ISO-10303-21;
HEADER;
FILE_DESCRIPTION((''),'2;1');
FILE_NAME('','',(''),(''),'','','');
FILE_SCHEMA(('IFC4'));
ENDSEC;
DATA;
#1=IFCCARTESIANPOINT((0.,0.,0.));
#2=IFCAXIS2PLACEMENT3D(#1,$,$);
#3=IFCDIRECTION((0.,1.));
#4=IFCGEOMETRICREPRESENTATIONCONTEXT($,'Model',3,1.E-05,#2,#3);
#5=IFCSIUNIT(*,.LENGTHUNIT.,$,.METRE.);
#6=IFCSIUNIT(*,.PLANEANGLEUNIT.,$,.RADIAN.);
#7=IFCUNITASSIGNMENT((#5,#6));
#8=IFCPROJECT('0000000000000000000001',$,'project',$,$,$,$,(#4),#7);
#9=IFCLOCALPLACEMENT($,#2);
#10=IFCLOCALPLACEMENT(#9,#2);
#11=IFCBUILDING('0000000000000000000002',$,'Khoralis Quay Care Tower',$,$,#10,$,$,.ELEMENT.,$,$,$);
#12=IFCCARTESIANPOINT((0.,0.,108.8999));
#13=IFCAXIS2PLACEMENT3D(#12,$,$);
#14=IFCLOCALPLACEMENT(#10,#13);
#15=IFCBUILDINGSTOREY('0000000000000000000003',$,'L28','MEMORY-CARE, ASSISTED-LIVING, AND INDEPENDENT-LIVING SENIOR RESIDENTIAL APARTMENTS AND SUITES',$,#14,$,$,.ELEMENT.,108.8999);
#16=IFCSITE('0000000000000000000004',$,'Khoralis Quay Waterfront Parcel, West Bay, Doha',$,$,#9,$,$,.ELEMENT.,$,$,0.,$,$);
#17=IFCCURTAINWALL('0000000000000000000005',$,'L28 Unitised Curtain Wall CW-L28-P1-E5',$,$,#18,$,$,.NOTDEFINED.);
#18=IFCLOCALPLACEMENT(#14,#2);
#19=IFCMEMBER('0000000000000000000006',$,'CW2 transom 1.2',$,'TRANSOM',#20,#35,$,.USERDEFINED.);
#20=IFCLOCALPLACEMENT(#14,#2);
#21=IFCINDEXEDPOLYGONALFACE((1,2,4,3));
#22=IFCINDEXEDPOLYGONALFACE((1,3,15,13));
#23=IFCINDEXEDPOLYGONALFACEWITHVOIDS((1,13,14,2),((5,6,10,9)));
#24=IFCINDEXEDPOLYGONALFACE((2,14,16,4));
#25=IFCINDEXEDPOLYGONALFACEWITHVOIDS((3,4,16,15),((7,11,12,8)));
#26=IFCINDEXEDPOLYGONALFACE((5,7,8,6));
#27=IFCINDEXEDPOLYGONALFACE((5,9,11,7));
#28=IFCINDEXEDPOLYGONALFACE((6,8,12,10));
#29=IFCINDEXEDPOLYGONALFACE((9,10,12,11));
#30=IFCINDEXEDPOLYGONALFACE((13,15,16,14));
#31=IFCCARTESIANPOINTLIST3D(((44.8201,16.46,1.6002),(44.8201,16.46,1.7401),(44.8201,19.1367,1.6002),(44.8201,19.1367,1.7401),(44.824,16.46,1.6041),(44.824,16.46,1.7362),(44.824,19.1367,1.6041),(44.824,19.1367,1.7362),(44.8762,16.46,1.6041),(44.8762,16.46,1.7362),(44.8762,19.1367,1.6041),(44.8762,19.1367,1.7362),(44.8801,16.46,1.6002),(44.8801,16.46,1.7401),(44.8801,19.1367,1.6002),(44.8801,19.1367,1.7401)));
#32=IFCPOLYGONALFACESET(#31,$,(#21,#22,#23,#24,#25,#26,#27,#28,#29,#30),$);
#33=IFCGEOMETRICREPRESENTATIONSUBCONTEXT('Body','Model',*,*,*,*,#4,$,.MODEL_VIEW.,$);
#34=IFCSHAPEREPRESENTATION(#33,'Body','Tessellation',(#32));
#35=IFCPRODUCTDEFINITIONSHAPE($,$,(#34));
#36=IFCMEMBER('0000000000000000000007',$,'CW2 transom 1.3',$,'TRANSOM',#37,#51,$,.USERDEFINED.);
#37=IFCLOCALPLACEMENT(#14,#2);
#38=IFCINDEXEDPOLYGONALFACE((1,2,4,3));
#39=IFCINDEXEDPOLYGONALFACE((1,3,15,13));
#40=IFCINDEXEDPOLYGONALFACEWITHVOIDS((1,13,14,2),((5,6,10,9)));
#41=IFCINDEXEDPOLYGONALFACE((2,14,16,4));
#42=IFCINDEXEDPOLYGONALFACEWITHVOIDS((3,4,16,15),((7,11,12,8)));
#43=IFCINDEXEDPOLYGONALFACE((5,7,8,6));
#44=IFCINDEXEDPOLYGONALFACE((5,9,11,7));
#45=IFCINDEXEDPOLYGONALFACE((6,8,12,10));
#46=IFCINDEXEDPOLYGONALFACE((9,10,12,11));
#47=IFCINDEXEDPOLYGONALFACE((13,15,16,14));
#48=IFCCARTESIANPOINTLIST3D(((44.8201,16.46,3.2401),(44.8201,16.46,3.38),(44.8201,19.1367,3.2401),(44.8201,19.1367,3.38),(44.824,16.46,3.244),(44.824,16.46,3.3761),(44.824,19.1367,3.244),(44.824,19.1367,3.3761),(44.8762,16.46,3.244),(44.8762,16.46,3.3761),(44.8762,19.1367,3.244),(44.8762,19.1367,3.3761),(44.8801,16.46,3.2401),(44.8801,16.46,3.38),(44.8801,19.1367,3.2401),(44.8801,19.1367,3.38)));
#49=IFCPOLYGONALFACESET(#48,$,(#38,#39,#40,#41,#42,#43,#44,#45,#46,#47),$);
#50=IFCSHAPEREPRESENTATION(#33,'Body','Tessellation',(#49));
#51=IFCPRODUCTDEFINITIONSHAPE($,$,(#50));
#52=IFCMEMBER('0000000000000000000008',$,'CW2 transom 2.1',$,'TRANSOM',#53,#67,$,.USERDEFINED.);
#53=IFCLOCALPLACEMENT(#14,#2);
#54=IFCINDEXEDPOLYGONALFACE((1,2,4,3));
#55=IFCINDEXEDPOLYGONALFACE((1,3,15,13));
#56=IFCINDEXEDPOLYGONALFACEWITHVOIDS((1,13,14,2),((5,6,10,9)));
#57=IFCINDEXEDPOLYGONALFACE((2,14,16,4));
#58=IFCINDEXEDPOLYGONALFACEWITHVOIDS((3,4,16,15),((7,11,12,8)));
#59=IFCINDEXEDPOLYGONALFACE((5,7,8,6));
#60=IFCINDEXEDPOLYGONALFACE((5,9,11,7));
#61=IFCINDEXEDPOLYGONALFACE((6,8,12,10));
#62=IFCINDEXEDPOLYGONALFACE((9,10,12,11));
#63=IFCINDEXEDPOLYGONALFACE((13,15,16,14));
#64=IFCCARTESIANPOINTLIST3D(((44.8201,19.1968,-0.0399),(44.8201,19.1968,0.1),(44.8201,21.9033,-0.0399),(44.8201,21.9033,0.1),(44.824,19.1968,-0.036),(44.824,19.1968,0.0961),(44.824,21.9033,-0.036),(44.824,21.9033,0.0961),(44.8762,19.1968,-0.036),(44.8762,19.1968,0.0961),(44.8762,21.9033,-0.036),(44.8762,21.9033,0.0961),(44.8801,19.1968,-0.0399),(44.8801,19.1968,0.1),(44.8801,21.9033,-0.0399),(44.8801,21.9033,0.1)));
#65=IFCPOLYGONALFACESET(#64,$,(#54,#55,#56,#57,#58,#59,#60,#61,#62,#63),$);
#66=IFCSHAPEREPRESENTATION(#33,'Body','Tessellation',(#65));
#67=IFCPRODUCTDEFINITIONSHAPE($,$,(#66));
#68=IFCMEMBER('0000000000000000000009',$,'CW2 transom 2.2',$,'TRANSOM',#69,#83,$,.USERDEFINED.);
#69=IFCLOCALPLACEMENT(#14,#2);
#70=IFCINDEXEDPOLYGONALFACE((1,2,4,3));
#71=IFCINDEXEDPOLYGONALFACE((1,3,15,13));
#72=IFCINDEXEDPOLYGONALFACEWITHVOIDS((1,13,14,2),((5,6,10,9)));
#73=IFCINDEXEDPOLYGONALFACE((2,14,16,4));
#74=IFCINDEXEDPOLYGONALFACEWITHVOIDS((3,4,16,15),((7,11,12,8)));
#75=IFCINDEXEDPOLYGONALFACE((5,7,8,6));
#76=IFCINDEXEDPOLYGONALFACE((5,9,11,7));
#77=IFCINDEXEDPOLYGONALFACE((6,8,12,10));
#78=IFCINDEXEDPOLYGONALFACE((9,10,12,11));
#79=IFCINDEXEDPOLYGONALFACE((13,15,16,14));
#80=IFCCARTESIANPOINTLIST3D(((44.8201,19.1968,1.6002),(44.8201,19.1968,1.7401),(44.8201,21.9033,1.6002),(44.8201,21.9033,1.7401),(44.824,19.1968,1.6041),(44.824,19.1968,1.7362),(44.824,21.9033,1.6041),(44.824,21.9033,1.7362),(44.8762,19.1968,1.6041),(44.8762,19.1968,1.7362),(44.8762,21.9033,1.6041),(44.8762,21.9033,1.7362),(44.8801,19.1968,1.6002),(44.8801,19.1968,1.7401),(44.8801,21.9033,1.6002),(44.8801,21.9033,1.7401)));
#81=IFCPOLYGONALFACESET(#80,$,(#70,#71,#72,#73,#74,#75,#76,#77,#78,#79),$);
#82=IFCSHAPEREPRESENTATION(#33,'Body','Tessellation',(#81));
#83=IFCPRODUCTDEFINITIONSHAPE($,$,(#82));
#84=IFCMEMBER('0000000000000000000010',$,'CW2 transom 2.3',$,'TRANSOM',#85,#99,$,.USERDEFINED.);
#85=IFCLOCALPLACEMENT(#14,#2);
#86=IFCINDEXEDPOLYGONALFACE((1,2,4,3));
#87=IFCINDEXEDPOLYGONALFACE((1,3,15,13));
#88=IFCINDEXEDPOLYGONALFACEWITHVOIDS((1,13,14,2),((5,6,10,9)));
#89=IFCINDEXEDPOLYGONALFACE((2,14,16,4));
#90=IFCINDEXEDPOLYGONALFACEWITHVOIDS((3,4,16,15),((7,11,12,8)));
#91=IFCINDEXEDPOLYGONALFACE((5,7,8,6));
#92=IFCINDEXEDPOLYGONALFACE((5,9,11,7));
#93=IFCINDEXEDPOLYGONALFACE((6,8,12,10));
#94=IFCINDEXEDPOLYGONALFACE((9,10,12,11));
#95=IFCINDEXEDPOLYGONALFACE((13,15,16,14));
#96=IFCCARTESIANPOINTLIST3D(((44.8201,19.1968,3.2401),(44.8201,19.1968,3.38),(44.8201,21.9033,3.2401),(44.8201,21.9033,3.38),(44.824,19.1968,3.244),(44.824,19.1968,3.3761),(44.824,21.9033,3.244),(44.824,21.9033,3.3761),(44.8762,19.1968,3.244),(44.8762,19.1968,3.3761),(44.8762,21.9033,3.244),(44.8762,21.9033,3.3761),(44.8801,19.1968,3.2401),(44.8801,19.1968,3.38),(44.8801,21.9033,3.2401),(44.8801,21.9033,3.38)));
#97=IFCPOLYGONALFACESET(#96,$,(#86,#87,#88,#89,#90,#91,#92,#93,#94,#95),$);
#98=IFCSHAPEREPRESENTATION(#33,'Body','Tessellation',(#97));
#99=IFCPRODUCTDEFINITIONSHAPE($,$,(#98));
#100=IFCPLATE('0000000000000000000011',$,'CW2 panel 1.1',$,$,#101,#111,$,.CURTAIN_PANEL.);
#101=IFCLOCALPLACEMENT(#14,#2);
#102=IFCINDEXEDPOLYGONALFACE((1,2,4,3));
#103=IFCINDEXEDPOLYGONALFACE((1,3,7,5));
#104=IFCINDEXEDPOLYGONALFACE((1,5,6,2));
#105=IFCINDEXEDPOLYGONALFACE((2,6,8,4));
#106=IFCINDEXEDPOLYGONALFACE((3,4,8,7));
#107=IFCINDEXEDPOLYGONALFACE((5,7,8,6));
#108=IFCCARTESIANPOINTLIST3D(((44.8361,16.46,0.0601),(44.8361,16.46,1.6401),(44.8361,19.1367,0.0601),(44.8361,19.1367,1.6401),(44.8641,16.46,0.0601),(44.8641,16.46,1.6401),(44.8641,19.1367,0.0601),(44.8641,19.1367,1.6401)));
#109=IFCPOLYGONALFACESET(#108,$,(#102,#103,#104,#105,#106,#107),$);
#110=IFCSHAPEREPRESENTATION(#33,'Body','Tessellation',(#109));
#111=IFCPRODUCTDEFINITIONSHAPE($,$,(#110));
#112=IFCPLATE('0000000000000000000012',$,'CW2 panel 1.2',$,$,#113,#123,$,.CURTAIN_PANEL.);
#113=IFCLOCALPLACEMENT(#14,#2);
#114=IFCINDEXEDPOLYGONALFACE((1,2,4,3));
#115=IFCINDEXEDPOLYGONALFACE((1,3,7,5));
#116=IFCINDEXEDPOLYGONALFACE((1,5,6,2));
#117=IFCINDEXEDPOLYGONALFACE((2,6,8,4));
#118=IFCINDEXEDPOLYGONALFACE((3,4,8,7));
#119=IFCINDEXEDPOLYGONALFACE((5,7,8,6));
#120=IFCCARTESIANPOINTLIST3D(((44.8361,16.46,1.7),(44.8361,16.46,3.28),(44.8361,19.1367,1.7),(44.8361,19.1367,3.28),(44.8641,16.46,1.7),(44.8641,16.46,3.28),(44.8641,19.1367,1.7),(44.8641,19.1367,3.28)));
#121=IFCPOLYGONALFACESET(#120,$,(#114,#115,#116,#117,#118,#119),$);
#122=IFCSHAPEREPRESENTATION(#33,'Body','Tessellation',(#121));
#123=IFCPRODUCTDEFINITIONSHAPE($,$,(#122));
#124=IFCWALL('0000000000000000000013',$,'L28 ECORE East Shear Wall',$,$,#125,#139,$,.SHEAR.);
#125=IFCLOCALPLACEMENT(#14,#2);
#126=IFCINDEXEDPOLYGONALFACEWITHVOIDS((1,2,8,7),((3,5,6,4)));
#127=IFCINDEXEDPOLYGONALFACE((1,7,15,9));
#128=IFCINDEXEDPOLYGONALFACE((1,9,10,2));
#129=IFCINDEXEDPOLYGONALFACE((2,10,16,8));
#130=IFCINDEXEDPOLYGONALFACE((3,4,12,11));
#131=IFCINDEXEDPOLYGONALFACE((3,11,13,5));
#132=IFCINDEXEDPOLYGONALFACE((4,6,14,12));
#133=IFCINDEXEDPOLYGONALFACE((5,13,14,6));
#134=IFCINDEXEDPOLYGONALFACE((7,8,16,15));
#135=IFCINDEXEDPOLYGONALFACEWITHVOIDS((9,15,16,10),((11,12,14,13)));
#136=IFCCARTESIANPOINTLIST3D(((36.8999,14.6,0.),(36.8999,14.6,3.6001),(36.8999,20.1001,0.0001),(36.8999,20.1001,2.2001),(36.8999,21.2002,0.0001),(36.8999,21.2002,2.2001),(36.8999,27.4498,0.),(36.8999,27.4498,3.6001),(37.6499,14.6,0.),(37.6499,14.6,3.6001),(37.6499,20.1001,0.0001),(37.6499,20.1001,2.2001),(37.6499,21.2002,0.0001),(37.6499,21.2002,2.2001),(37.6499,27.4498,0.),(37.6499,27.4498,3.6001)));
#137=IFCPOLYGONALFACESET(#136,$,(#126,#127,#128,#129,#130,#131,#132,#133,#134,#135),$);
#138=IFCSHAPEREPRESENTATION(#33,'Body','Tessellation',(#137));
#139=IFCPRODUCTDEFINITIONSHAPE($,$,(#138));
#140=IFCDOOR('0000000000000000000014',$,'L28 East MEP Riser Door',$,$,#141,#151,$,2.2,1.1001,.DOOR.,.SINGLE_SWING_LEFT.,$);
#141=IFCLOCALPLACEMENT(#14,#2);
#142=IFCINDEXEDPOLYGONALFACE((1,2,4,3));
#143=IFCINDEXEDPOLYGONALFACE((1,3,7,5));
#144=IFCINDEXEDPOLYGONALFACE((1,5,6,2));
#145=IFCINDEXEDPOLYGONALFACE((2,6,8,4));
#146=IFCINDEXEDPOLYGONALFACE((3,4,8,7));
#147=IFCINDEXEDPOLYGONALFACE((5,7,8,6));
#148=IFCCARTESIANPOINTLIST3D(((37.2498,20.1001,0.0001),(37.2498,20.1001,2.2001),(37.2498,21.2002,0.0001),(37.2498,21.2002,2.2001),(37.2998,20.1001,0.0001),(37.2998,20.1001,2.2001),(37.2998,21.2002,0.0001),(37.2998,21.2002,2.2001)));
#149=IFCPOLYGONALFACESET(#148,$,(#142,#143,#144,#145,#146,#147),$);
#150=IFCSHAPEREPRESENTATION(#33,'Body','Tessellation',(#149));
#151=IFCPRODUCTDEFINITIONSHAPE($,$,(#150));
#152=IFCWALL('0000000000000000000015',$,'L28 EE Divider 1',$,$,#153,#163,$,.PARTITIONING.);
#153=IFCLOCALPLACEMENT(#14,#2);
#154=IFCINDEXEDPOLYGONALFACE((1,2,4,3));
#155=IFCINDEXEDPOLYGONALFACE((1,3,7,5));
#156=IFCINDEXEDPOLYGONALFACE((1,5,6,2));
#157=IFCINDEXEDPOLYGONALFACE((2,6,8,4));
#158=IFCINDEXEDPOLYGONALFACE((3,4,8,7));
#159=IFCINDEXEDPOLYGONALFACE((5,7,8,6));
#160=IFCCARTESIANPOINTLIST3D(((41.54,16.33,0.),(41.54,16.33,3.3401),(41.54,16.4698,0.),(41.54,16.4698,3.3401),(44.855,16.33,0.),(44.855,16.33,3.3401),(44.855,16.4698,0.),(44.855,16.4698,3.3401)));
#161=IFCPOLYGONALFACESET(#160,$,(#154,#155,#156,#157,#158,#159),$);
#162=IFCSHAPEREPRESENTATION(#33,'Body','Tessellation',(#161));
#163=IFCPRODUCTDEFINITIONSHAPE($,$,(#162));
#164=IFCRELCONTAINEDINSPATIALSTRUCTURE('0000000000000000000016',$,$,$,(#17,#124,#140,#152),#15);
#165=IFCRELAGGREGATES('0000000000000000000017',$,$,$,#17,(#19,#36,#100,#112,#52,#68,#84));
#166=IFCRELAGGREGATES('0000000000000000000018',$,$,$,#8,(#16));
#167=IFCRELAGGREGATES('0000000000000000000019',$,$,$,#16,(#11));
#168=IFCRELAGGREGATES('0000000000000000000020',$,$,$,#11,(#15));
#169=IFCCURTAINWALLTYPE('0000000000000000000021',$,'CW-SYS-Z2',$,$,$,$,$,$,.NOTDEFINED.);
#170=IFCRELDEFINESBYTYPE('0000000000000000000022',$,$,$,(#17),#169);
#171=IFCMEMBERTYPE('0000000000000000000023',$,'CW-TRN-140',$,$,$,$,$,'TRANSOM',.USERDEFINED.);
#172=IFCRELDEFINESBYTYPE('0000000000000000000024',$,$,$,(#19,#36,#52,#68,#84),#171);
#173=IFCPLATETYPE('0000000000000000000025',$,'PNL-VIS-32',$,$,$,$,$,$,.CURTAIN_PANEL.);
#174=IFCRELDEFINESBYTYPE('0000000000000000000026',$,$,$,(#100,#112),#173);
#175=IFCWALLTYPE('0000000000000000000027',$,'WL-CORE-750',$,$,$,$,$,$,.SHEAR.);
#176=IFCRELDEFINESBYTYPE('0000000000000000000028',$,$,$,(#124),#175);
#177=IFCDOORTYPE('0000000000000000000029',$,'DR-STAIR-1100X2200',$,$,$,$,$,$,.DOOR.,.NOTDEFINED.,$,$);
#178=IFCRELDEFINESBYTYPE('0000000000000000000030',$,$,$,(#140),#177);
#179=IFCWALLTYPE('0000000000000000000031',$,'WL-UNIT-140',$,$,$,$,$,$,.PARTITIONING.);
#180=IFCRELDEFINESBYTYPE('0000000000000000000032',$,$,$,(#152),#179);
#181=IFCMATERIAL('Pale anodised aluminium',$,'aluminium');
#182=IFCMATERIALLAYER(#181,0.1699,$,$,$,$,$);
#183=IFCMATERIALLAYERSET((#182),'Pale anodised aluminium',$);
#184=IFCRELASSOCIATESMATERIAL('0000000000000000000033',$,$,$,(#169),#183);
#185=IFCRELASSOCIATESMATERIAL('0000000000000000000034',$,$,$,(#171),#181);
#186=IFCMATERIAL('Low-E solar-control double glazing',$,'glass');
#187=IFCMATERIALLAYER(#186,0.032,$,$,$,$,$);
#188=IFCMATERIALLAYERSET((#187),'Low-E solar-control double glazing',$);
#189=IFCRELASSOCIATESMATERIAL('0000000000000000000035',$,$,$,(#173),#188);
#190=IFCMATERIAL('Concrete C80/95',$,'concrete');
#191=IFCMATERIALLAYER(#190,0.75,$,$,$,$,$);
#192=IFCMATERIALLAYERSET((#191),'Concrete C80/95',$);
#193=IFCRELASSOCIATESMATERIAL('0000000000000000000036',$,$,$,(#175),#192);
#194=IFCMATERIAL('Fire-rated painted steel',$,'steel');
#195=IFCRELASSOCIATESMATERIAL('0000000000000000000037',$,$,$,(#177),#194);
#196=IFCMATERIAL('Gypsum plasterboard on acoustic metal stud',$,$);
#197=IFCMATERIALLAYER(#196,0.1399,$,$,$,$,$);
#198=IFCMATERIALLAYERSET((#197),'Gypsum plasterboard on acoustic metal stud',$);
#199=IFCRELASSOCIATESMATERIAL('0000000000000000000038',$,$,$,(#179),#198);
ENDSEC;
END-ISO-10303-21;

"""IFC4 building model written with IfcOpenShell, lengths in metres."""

from ifc_helpers import new_model, si_unit, direction, frame, frame_2d, origin, origin_2d, place, context, subcontext, project, spatial, rectangle, hollow_rectangle, extrude, source, transform, mapped, material, layer, layer_set, material_profile, profile_set, type_object, element, fill, aggregate, save


model = new_model("IFC4")

# Units and contexts
model_context = context("Model", 3, precision=1e-05, world=origin(), true_north=direction((0.0, 1.0)))
body_context = subcontext(model_context, "Body", "Model", "MODEL_VIEW")
ifc_project = project(units=[si_unit("LENGTHUNIT", "METRE"), si_unit("PLANEANGLEUNIT", "RADIAN")], contexts=[model_context])

# Site, building, storey
site_placement = place(None, origin())
site = spatial("IfcSite", under=ifc_project, at=site_placement, Name="Khoralis Quay Waterfront Parcel, West Bay, Doha", CompositionType="ELEMENT", RefElevation=0.0)
building_placement = place(site_placement, origin())
building = spatial("IfcBuilding", under=site, at=building_placement, Name="Khoralis Quay Care Tower", CompositionType="ELEMENT")
storey_placement = place(building_placement, frame((0.0, 0.0, 108.8999)))
storey = spatial("IfcBuildingStorey", under=building, at=storey_placement, Name="L28", Description="MEMORY-CARE, ASSISTED-LIVING, AND INDEPENDENT-LIVING SENIOR RESIDENTIAL APARTMENTS AND SUITES", CompositionType="ELEMENT", Elevation=108.8999)

# Curtain wall, members, plates
ifc_material_1 = material(Name="Pale anodised aluminium", Category="aluminium")
ifc_layer_1 = layer(ifc_material_1, 0.1699)
ifc_layer_set_1 = layer_set([ifc_layer_1], Name="Pale anodised aluminium")
curtain_wall_type = type_object("IfcCurtainWallType", Name="CW-SYS-Z2", PredefinedType="NOTDEFINED", material=ifc_layer_set_1)
curtain_wall_placement = place(storey_placement, origin())
curtain_wall = element("IfcCurtainWall", 1, at=curtain_wall_placement, inside=storey, type_object=curtain_wall_type, Name="L28 Unitised Curtain Wall CW-L28-P1-E5", PredefinedType="NOTDEFINED")
ifc_material_profile_1 = material_profile(ifc_material_1, hollow_rectangle(XDim=0.0601, YDim=0.1399, WallThickness=0.0039, at=origin_2d()), Name="Pale anodised aluminium")
ifc_profile_set_1 = profile_set([ifc_material_profile_1], Name="Pale anodised aluminium")
member_type_1 = type_object("IfcMemberType", Name="CW-TRN-140", ElementType="TRANSOM", PredefinedType="USERDEFINED", material=ifc_profile_set_1)
shared_shape_1 = source(origin(), body_context, "Body", "SweptSolid", [
    extrude(hollow_rectangle(XDim=0.0601, YDim=0.1399, WallThickness=0.0039, at=origin_2d()), origin(), (0.0, 0.0, 1.0), 2.6768),
])
member_1_placement = place(storey_placement, frame((44.8501, 16.46, 1.6702), z_axis=(0.0, 1.0, 0.0), x_axis=(-1.0, 0.0, 0.0)))
member_1 = element("IfcMember", 2, at=member_1_placement, type_object=member_type_1, Name="CW2 transom 1.2", ObjectType="TRANSOM", PredefinedType="USERDEFINED", context=body_context, shape_type="MappedRepresentation", body=[
    mapped(shared_shape_1, transform((0.0, 0.0, 0.0), scale=1.0)),
])
member_2_placement = place(storey_placement, frame((44.8501, 16.46, 3.3101), z_axis=(0.0, 1.0, 0.0), x_axis=(-1.0, 0.0, 0.0)))
member_2 = element("IfcMember", 3, at=member_2_placement, type_object=member_type_1, Name="CW2 transom 1.3", ObjectType="TRANSOM", PredefinedType="USERDEFINED", context=body_context, shape_type="MappedRepresentation", body=[
    mapped(shared_shape_1, transform((0.0, 0.0, 0.0), scale=1.0)),
])
shared_shape_2 = source(origin(), body_context, "Body", "SweptSolid", [
    extrude(hollow_rectangle(XDim=0.0601, YDim=0.1399, WallThickness=0.0039, at=origin_2d()), origin(), (0.0, 0.0, 1.0), 2.7065),
])
member_3_placement = place(storey_placement, frame((44.8501, 19.1968, 0.03), z_axis=(0.0, 1.0, 0.0), x_axis=(-1.0, 0.0, 0.0)))
member_3 = element("IfcMember", 4, at=member_3_placement, type_object=member_type_1, Name="CW2 transom 2.1", ObjectType="TRANSOM", PredefinedType="USERDEFINED", context=body_context, shape_type="MappedRepresentation", body=[
    mapped(shared_shape_2, transform((0.0, 0.0, 0.0), scale=1.0)),
])
member_4_placement = place(storey_placement, frame((44.8501, 19.1968, 1.6702), z_axis=(0.0, 1.0, 0.0), x_axis=(-1.0, 0.0, 0.0)))
member_4 = element("IfcMember", 5, at=member_4_placement, type_object=member_type_1, Name="CW2 transom 2.2", ObjectType="TRANSOM", PredefinedType="USERDEFINED", context=body_context, shape_type="MappedRepresentation", body=[
    mapped(shared_shape_2, transform((0.0, 0.0, 0.0), scale=1.0)),
])
member_5_placement = place(storey_placement, frame((44.8501, 19.1968, 3.3101), z_axis=(0.0, 1.0, 0.0), x_axis=(-1.0, 0.0, 0.0)))
member_5 = element("IfcMember", 6, at=member_5_placement, type_object=member_type_1, Name="CW2 transom 2.3", ObjectType="TRANSOM", PredefinedType="USERDEFINED", context=body_context, shape_type="MappedRepresentation", body=[
    mapped(shared_shape_2, transform((0.0, 0.0, 0.0), scale=1.0)),
])
ifc_material_2 = material(Name="Low-E solar-control double glazing", Category="glass")
ifc_layer_2 = layer(ifc_material_2, 0.032)
ifc_layer_set_2 = layer_set([ifc_layer_2], Name="Low-E solar-control double glazing")
plate_type = type_object("IfcPlateType", Name="PNL-VIS-32", PredefinedType="CURTAIN_PANEL", material=ifc_layer_set_2)
shared_shape_3 = source(origin(), body_context, "Body", "SweptSolid", [
    extrude(rectangle(XDim=2.6768, YDim=0.0281, at=origin_2d()), origin(), (0.0, 0.0, 1.0), 1.5801),
])
plate_1_placement = place(storey_placement, frame((44.8501, 17.7983, 0.0601), z_axis=(0.0, 0.0, 1.0), x_axis=(0.0, 1.0, 0.0)))
plate_1 = element("IfcPlate", 7, at=plate_1_placement, type_object=plate_type, Name="CW2 panel 1.1", PredefinedType="CURTAIN_PANEL", context=body_context, shape_type="MappedRepresentation", body=[
    mapped(shared_shape_3, transform((0.0, 0.0, 0.0), scale=1.0)),
])
plate_2_placement = place(storey_placement, frame((44.8501, 17.7983, 1.7), z_axis=(0.0, 0.0, 1.0), x_axis=(0.0, 1.0, 0.0)))
plate_2 = element("IfcPlate", 8, at=plate_2_placement, type_object=plate_type, Name="CW2 panel 1.2", PredefinedType="CURTAIN_PANEL", context=body_context, shape_type="MappedRepresentation", body=[
    mapped(shared_shape_3, transform((0.0, 0.0, 0.0), scale=1.0)),
])
aggregate(curtain_wall, [member_1, member_2, plate_1, plate_2, member_3, member_4, member_5])

# Wall, opening, door
ifc_material_3 = material(Name="Concrete C80/95", Category="concrete")
ifc_layer_3 = layer(ifc_material_3, 0.75)
ifc_layer_set_3 = layer_set([ifc_layer_3], Name="Concrete C80/95")
wall_type_1 = type_object("IfcWallType", Name="WL-CORE-750", PredefinedType="SHEAR", material=ifc_layer_set_3)
wall_1_placement = place(storey_placement, frame((37.2749, 14.6001, 0.0), z_axis=(0.0, 0.0, 1.0), x_axis=(0.0, 1.0, 0.0)))
wall_1 = element("IfcWall", 9, at=wall_1_placement, inside=storey, type_object=wall_type_1, Name="L28 ECORE East Shear Wall", PredefinedType="SHEAR", context=body_context, shape_type="SweptSolid", body=[
    extrude(rectangle(XDim=12.8499, YDim=0.75, at=frame_2d((6.4248, 0.0))), origin(), (0.0, 0.0, 1.0), 3.6001),
])
opening_placement = place(wall_1_placement, frame((5.5, 0.0, 0.0)))
opening = element("IfcOpeningElement", 10, at=opening_placement, cuts=wall_1, PredefinedType="OPENING", context=body_context, shape_type="SweptSolid", body=[
    extrude(rectangle(XDim=1.1001, YDim=2.2, at=frame_2d((0.55, 1.1001))), frame((0.0, 0.385, 0.0), z_axis=(0.0, -1.0, 0.0), x_axis=(1.0, 0.0, 0.0)), (0.0, 0.0, 1.0), 0.77),
])
ifc_material_4 = material(Name="Fire-rated painted steel", Category="steel")
door_type = type_object("IfcDoorType", Name="DR-STAIR-1100X2200", OperationType="NOTDEFINED", PredefinedType="DOOR", material=ifc_material_4)
shared_shape_4 = source(origin(), body_context, "Body", "SweptSolid", [
    extrude(rectangle(XDim=1.1001, YDim=2.2, at=frame_2d((0.55, 1.1001))), frame((0.0, 0.0249, 0.0), z_axis=(0.0, -1.0, 0.0), x_axis=(1.0, 0.0, 0.0)), (0.0, 0.0, 1.0), 0.05),
])
door_placement = place(opening_placement, frame((1.1001, 0.0, 0.0), z_axis=(0.0, 0.0, 1.0), x_axis=(-1.0, 0.0, 0.0)))
door = element("IfcDoor", 11, at=door_placement, inside=storey, type_object=door_type, Name="L28 East MEP Riser Door", OperationType="SINGLE_SWING_LEFT", OverallHeight=2.2, OverallWidth=1.1001, PredefinedType="DOOR", context=body_context, shape_type="MappedRepresentation", body=[
    mapped(shared_shape_4, transform((0.0, 0.0, 0.0), scale=1.0)),
])
fill(opening, door)

# Wall
ifc_material_5 = material(Name="Gypsum plasterboard on acoustic metal stud")
ifc_layer_4 = layer(ifc_material_5, 0.1399)
ifc_layer_set_4 = layer_set([ifc_layer_4], Name="Gypsum plasterboard on acoustic metal stud")
wall_type_2 = type_object("IfcWallType", Name="WL-UNIT-140", PredefinedType="PARTITIONING", material=ifc_layer_set_4)
wall_2_placement = place(storey_placement, frame((41.54, 16.3999, 0.0), z_axis=(0.0, 0.0, 1.0), x_axis=(1.0, 0.0, 0.0)))
element("IfcWall", 12, at=wall_2_placement, inside=storey, type_object=wall_type_2, Name="L28 EE Divider 1", PredefinedType="PARTITIONING", context=body_context, shape_type="SweptSolid", body=[
    extrude(rectangle(XDim=3.3149, YDim=0.1399, at=frame_2d((1.6575, 0.0))), origin(), (0.0, 0.0, 1.0), 3.3401),
])

save(model, "model.ifc")
